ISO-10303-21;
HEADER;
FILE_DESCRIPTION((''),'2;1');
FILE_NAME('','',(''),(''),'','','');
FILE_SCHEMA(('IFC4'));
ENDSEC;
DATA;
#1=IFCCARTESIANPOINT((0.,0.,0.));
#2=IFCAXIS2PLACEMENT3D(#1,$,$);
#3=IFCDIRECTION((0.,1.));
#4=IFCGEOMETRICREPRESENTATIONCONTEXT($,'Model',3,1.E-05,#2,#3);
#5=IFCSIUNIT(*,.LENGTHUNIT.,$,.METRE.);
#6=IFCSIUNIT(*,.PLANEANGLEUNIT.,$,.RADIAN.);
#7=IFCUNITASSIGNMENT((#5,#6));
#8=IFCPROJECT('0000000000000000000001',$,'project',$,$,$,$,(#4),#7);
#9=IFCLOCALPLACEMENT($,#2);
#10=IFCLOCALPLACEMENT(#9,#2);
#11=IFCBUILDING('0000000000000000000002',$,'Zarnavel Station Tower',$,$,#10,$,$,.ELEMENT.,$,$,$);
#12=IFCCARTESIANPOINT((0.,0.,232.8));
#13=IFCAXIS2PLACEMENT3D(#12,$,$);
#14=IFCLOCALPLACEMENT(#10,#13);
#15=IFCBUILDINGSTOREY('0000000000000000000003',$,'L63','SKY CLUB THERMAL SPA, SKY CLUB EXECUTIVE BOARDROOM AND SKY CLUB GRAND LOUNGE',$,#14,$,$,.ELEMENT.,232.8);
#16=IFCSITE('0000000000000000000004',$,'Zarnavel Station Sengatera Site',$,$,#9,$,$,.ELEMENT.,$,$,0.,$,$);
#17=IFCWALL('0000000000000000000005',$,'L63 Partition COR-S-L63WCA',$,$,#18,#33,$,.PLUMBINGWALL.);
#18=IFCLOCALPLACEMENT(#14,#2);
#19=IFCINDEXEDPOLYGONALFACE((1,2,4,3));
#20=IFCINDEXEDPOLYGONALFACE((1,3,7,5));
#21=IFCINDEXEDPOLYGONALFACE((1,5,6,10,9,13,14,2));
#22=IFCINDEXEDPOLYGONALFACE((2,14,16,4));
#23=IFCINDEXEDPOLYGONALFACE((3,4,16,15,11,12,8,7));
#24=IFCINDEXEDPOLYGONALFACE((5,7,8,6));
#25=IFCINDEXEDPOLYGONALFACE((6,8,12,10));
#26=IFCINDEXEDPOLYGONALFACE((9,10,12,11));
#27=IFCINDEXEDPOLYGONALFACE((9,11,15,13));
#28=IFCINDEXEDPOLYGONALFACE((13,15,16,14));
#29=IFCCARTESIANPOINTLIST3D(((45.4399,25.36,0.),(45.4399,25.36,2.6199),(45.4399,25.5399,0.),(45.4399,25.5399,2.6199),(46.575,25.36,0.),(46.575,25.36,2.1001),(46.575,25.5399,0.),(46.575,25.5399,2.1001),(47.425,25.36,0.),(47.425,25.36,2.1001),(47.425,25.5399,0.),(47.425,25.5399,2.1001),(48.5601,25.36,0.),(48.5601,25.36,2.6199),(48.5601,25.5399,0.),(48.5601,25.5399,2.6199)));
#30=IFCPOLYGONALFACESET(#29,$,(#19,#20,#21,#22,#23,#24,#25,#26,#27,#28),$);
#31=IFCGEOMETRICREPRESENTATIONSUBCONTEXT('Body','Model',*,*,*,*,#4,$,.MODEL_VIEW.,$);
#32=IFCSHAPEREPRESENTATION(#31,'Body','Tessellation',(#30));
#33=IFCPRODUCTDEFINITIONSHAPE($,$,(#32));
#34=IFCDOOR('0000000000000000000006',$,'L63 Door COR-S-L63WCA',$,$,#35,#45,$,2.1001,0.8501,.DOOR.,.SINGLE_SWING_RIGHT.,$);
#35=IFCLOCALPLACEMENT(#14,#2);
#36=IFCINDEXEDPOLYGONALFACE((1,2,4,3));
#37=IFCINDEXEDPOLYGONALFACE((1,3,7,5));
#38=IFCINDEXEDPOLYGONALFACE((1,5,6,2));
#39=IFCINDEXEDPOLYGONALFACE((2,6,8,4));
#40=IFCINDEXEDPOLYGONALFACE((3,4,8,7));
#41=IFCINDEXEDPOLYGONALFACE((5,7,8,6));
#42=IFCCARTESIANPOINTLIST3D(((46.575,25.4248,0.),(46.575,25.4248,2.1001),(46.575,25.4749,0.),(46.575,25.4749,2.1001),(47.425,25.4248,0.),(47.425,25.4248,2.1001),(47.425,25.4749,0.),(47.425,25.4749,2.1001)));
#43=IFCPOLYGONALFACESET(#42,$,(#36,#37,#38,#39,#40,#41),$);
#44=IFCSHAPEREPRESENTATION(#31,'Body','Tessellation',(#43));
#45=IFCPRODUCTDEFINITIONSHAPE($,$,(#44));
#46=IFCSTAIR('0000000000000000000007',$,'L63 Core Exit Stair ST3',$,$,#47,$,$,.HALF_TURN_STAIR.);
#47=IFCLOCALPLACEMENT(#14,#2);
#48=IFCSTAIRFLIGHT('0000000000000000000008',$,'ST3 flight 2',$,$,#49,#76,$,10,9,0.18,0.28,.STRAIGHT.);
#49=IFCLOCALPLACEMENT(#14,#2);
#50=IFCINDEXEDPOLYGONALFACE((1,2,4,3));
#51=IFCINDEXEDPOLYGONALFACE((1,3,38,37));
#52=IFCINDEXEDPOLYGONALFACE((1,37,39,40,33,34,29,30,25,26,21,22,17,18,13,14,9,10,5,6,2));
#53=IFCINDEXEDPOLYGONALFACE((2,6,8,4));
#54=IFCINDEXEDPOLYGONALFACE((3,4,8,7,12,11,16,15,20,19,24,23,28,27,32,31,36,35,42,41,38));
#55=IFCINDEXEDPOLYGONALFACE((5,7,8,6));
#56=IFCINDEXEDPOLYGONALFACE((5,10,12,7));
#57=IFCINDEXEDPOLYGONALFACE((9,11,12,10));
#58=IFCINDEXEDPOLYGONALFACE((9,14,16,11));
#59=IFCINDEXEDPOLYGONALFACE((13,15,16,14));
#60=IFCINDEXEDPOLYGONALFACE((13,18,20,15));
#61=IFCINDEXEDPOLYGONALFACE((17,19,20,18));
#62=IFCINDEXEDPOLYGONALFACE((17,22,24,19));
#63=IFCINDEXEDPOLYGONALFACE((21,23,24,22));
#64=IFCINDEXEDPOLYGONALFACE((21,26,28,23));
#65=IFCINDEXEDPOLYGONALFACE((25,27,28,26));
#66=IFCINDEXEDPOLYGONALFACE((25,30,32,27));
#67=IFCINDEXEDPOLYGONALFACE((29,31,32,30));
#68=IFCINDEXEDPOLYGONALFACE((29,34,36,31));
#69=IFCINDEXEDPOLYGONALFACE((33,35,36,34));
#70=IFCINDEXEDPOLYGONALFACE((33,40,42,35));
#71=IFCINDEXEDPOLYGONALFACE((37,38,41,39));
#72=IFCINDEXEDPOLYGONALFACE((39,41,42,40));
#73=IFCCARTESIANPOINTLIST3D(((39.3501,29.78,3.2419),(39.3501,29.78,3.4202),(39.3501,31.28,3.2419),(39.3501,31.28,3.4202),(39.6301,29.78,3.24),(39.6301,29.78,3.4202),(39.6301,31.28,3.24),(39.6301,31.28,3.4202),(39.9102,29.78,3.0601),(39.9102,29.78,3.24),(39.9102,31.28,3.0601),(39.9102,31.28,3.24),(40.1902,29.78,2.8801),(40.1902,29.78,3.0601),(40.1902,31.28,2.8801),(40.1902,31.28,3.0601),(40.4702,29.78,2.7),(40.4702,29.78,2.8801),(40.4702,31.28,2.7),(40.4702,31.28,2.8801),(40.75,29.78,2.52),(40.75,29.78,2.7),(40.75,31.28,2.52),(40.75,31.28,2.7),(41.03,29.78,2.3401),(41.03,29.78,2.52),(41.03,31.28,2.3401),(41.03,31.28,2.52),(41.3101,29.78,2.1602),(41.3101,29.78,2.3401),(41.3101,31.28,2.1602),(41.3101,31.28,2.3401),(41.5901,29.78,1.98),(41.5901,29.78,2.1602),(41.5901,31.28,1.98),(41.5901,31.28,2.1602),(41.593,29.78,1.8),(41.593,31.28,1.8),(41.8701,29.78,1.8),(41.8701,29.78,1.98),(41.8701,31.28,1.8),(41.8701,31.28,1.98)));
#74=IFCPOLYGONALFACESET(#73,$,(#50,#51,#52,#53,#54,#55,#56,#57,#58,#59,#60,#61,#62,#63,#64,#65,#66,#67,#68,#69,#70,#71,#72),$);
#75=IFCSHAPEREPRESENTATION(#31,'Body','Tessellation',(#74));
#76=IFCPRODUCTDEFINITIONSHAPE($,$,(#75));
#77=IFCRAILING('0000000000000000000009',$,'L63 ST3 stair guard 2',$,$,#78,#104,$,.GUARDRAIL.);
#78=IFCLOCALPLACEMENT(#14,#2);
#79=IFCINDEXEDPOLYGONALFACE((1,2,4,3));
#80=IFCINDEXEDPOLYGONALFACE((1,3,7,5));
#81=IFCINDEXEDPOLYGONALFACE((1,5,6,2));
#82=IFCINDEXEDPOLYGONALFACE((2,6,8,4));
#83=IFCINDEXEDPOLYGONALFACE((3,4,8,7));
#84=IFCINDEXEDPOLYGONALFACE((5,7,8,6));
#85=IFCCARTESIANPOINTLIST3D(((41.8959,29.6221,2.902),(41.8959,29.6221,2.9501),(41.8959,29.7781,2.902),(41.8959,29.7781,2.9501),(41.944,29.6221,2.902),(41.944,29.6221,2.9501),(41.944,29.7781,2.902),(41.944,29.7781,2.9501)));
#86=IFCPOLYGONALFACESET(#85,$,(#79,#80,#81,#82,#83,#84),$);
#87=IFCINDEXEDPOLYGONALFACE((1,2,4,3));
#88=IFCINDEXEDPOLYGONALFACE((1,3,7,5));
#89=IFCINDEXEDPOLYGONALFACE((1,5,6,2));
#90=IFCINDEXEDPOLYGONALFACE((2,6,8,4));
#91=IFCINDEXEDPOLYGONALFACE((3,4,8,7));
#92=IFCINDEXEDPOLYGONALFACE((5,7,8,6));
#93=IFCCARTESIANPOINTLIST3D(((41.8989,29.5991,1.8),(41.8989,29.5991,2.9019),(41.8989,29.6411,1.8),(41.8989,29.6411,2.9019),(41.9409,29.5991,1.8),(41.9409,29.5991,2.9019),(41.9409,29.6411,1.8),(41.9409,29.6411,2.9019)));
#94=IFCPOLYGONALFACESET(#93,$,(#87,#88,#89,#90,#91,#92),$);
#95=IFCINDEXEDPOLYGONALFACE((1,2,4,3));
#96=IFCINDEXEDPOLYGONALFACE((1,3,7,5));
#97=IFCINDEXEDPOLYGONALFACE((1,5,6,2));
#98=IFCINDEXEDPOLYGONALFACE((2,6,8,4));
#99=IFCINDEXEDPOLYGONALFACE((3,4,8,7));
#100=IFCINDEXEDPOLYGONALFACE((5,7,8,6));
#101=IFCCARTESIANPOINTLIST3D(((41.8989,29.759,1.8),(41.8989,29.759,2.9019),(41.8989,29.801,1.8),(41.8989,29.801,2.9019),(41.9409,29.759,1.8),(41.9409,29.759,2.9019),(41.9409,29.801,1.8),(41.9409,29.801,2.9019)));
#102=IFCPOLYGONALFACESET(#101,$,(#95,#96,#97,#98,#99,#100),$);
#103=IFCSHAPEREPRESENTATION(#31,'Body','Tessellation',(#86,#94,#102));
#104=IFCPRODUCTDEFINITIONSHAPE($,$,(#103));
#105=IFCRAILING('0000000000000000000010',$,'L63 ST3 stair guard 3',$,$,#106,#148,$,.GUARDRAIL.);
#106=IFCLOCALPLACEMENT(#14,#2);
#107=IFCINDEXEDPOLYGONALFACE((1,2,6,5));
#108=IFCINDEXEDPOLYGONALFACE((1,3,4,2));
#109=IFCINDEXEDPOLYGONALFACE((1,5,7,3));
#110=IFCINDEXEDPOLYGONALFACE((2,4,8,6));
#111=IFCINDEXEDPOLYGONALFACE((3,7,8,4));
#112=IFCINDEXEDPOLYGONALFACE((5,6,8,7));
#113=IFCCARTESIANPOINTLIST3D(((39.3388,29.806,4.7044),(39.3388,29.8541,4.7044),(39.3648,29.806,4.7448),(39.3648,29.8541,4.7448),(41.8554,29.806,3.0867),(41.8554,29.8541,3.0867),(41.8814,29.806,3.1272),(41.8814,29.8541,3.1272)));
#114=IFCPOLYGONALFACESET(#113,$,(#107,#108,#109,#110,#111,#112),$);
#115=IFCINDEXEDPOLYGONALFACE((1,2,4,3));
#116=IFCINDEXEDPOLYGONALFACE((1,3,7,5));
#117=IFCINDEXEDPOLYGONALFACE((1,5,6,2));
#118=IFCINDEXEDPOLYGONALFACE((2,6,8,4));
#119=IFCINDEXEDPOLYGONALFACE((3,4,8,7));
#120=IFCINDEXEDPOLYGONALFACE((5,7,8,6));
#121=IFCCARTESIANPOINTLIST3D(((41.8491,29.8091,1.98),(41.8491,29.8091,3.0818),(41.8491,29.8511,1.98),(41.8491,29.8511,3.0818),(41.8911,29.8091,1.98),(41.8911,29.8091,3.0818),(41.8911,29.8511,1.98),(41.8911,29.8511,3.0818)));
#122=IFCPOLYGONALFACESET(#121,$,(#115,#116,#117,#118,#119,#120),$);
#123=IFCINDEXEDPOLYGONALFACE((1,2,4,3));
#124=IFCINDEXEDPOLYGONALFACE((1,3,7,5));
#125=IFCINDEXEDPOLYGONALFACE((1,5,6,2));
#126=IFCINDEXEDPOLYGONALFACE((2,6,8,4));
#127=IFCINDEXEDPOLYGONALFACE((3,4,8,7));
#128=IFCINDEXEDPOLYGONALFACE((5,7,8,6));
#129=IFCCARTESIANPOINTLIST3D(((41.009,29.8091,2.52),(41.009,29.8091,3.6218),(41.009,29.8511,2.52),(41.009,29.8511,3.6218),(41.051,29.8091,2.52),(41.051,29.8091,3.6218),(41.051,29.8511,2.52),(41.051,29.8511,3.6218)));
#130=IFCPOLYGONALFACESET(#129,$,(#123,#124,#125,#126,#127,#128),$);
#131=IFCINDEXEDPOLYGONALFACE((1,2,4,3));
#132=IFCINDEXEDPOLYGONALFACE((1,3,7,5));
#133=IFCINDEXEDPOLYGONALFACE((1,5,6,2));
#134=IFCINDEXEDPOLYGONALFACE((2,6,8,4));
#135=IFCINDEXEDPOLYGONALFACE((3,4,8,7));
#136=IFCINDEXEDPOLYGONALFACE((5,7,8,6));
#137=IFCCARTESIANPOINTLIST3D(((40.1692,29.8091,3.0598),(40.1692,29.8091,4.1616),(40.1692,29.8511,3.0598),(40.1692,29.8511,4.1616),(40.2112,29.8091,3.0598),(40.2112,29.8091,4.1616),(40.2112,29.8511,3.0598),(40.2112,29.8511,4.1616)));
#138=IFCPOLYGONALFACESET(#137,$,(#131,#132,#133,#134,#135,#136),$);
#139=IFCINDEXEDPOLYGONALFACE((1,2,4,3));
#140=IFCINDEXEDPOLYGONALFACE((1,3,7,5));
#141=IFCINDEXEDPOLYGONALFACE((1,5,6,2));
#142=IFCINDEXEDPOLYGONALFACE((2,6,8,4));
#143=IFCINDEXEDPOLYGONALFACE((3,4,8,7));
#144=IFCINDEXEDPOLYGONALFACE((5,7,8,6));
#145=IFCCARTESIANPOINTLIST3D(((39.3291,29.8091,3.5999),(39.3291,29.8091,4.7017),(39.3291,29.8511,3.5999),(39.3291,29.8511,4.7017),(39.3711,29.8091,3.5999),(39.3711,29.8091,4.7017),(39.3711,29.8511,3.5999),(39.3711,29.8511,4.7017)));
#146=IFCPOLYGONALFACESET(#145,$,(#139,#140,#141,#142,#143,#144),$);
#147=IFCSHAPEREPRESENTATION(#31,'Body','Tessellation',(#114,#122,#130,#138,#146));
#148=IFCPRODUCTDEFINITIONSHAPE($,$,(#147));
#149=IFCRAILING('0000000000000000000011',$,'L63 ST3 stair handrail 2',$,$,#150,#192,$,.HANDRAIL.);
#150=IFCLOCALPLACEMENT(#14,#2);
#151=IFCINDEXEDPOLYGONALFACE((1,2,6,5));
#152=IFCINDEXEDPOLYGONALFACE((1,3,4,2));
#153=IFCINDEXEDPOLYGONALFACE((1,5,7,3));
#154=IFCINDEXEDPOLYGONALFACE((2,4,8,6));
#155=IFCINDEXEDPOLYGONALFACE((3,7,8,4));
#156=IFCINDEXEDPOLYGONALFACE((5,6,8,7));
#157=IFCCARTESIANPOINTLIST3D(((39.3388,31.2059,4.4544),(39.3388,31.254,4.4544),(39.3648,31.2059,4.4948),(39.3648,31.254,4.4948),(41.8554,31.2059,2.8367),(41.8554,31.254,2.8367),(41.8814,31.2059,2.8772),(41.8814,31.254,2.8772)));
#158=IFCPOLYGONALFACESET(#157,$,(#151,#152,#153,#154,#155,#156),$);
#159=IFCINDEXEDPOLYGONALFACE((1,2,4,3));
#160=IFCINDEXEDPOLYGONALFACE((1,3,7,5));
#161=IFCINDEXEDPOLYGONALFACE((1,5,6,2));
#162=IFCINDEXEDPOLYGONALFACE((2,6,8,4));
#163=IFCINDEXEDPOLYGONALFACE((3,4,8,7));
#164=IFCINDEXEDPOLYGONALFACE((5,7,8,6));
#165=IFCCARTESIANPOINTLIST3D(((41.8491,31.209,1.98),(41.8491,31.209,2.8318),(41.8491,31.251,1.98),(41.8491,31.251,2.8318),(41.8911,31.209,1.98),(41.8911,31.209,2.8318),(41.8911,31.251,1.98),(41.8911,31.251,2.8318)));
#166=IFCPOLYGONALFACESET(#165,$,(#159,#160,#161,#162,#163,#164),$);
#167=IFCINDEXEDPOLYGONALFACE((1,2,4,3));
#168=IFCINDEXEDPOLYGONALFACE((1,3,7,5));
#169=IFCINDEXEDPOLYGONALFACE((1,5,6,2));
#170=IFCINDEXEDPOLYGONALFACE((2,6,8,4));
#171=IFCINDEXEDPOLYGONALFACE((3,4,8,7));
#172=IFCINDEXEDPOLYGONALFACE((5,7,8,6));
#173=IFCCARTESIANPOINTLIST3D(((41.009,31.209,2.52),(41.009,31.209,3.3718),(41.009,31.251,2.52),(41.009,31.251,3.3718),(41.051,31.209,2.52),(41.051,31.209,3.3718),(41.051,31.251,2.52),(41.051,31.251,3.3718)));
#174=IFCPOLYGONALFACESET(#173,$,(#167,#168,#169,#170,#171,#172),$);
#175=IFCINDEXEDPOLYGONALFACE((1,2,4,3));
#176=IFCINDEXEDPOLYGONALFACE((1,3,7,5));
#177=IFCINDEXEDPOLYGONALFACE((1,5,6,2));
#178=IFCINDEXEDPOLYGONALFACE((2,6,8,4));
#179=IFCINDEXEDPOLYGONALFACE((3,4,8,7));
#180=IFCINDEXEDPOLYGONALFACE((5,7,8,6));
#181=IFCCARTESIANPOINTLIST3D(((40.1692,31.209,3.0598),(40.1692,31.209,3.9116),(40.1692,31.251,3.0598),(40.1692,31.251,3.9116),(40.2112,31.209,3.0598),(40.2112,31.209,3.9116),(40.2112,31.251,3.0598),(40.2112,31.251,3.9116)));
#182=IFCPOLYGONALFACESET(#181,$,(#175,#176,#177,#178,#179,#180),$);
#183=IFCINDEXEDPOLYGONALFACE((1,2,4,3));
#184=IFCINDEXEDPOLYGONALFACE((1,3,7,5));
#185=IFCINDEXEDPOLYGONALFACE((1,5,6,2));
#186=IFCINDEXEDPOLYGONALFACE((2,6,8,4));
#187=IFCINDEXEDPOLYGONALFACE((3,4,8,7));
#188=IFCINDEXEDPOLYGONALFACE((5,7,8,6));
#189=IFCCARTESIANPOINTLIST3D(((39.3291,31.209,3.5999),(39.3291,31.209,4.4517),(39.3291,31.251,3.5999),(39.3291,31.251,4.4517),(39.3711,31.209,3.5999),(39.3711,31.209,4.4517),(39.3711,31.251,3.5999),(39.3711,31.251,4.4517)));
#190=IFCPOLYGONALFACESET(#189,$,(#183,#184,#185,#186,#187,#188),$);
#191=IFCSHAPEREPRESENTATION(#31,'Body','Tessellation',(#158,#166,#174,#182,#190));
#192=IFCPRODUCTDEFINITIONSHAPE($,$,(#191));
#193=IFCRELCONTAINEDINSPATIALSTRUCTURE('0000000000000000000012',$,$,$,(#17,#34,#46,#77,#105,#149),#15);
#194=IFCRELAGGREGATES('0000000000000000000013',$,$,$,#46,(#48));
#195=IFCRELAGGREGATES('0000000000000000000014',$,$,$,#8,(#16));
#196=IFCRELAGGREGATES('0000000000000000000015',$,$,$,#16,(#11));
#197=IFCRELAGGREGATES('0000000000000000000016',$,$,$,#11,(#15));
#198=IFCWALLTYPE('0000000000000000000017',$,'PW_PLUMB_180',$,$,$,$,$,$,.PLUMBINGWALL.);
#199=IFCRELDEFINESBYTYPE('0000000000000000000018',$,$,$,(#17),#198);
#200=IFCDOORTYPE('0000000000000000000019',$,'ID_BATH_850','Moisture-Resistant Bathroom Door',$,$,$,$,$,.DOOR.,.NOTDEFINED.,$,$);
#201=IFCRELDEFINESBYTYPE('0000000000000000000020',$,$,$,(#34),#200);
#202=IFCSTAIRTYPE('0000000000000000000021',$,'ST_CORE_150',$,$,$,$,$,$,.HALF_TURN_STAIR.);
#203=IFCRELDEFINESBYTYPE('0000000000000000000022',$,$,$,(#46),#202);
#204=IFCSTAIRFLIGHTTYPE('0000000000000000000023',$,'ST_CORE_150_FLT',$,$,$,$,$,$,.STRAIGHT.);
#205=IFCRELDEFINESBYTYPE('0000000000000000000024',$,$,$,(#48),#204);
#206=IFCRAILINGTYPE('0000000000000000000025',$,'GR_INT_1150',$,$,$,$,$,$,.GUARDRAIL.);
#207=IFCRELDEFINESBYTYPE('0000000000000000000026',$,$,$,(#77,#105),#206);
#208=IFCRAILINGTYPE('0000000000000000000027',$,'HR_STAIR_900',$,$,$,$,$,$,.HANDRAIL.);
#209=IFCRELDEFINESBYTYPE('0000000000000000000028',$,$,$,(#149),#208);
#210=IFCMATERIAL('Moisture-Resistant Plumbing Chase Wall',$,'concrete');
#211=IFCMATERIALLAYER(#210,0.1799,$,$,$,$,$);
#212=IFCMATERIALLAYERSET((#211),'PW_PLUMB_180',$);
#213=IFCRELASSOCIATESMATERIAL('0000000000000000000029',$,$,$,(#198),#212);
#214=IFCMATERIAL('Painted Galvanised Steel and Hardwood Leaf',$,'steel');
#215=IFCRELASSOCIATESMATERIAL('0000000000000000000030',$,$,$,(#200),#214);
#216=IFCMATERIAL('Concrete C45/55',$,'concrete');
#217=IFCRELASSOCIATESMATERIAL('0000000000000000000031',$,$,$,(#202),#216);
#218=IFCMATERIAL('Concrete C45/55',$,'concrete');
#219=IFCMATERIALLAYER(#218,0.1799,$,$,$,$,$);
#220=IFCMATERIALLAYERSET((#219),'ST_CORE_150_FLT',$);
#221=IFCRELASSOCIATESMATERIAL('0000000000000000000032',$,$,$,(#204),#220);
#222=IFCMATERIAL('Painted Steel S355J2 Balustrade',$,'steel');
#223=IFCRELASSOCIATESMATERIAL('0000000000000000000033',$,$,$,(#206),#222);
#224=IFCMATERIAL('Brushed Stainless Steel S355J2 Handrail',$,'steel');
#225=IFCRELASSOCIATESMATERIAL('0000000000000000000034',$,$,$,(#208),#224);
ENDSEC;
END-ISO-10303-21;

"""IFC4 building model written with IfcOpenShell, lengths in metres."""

from ifc_helpers import new_model, si_unit, direction, frame, frame_2d, origin, origin_2d, place, context, subcontext, project, spatial, polyline, rectangle, outline, extrude, material, layer, layer_set, type_object, element, fill, aggregate, save


model = new_model("IFC4")

# Units and contexts
model_context = context("Model", 3, precision=1e-05, world=origin(), true_north=direction((0.0, 1.0)))
body_context = subcontext(model_context, "Body", "Model", "MODEL_VIEW")
ifc_project = project(units=[si_unit("LENGTHUNIT", "METRE"), si_unit("PLANEANGLEUNIT", "RADIAN")], contexts=[model_context])

# Site, building, storey
site_placement = place(None, origin())
site = spatial("IfcSite", under=ifc_project, at=site_placement, Name="Zarnavel Station Sengatera Site", CompositionType="ELEMENT", RefElevation=0.0)
building_placement = place(site_placement, origin())
building = spatial("IfcBuilding", under=site, at=building_placement, Name="Zarnavel Station Tower", CompositionType="ELEMENT")
storey_placement = place(building_placement, frame((0.0, 0.0, 232.8)))
storey = spatial("IfcBuildingStorey", under=building, at=storey_placement, Name="L63", Description="SKY CLUB THERMAL SPA, SKY CLUB EXECUTIVE BOARDROOM AND SKY CLUB GRAND LOUNGE", CompositionType="ELEMENT", Elevation=232.8)

# Wall, opening, door
ifc_material_1 = material(Name="Moisture-Resistant Plumbing Chase Wall", Category="concrete")
ifc_layer_1 = layer(ifc_material_1, 0.1799)
ifc_layer_set_1 = layer_set([ifc_layer_1], Name="PW_PLUMB_180")
wall_type_1 = type_object("IfcWallType", Name="PW_PLUMB_180", PredefinedType="PLUMBINGWALL", material=ifc_layer_set_1)
wall_1_placement = place(storey_placement, frame((45.4399, 25.45, 0.0), z_axis=(0.0, 0.0, 1.0), x_axis=(1.0, 0.0, 0.0)))
wall_1 = element("IfcWall", 1, at=wall_1_placement, inside=storey, type_object=wall_type_1, Name="L63 Partition COR-S-L63WCA", PredefinedType="PLUMBINGWALL", context=body_context, shape_type="SweptSolid", body=[
    extrude(rectangle(XDim=3.1201, YDim=0.1799, at=frame_2d((1.5601, 0.0))), origin(), (0.0, 0.0, 1.0), 2.6199),
])
opening_1_placement = place(wall_1_placement, frame((1.135, 0.0, 0.0)))
opening_1 = element("IfcOpeningElement", 2, at=opening_1_placement, cuts=wall_1, PredefinedType="OPENING", context=body_context, shape_type="SweptSolid", body=[
    extrude(rectangle(XDim=0.8501, YDim=2.1001, at=frame_2d((0.425, 1.05))), frame((0.0, 0.0999, 0.0), z_axis=(0.0, -1.0, 0.0), x_axis=(1.0, 0.0, 0.0)), (0.0, 0.0, 1.0), 0.2),
])
ifc_material_2 = material(Name="Painted Galvanised Steel and Hardwood Leaf", Category="steel")
door_type_1 = type_object("IfcDoorType", Name="ID_BATH_850", Description="Moisture-Resistant Bathroom Door", OperationType="NOTDEFINED", PredefinedType="DOOR", material=ifc_material_2)
door_1_placement = place(opening_1_placement, origin())
door_1 = element("IfcDoor", 3, at=door_1_placement, inside=storey, type_object=door_type_1, Name="L63 Door COR-S-L63WCA", OperationType="SINGLE_SWING_RIGHT", OverallHeight=2.1001, OverallWidth=0.8501, PredefinedType="DOOR", context=body_context, shape_type="SweptSolid", body=[
    extrude(rectangle(XDim=0.8501, YDim=2.1001, at=frame_2d((0.425, 1.05))), frame((0.0, 0.0249, 0.0), z_axis=(0.0, -1.0, 0.0), x_axis=(1.0, 0.0, 0.0)), (0.0, 0.0, 1.0), 0.05),
])
fill(opening_1, door_1)

# Stair, stair flight
ifc_material_3 = material(Name="Concrete C45/55", Category="concrete")
stair_type = type_object("IfcStairType", Name="ST_CORE_150", PredefinedType="HALF_TURN_STAIR", material=ifc_material_3)
stair_placement = place(storey_placement, origin())
stair = element("IfcStair", 4, at=stair_placement, inside=storey, type_object=stair_type, Name="L63 Core Exit Stair ST3", PredefinedType="HALF_TURN_STAIR")
ifc_material_4 = material(Name="Concrete C45/55", Category="concrete")
ifc_layer_2 = layer(ifc_material_4, 0.1799)
ifc_layer_set_2 = layer_set([ifc_layer_2], Name="ST_CORE_150_FLT")
stair_flight_type = type_object("IfcStairFlightType", Name="ST_CORE_150_FLT", PredefinedType="STRAIGHT", material=ifc_layer_set_2)
stair_flight_placement = place(storey_placement, frame((41.8701, 30.53, 1.8), z_axis=(0.0, 0.0, 1.0), x_axis=(-1.0, 0.0, 0.0)))
stair_flight = element("IfcStairFlight", 5, at=stair_flight_placement, type_object=stair_flight_type, Name="ST3 flight 2", NumberOfRisers=10, NumberOfTreads=9, PredefinedType="STRAIGHT", RiserHeight=0.18, TreadLength=0.28, context=body_context, shape_type="SweptSolid", body=[
    extrude(outline(polyline([(0.0, 0.0), (0.0, 0.1799), (0.28, 0.1799), (0.28, 0.3601), (0.5601, 0.3601), (0.5601, 0.54), (0.8401, 0.54), (0.8401, 0.72), (1.1201, 0.72), (1.1201, 0.8999), (1.3999, 0.8999), (1.3999, 1.0801), (1.6799, 1.0801), (1.6799, 1.26), (1.96, 1.26), (1.96, 1.4399), (2.24, 1.4399), (2.24, 1.6201), (2.52, 1.6201), (2.52, 1.8), (2.52, 1.4419), (0.2771, 0.0), (0.0, 0.0)])), frame((0.0, 0.75, 0.0), z_axis=(0.0, -1.0, 0.0), x_axis=(1.0, 0.0, 0.0)), (0.0, 0.0, 1.0), 1.5),
])
aggregate(stair, [stair_flight])

# Railings
ifc_material_5 = material(Name="Painted Steel S355J2 Balustrade", Category="steel")
railing_type_1 = type_object("IfcRailingType", Name="GR_INT_1150", PredefinedType="GUARDRAIL", material=ifc_material_5)
railing_1_placement = place(storey_placement, frame((41.9199, 29.6201, 1.8)))
element("IfcRailing", 6, at=railing_1_placement, inside=storey, type_object=railing_type_1, Name="L63 ST3 stair guard 2", PredefinedType="GUARDRAIL", context=body_context, shape_type="SweptSolid", body=[
    extrude(rectangle(XDim=0.0481, YDim=0.0481, at=origin_2d()), frame((0.0, 0.002, 1.126), z_axis=(0.0, 1.0, 0.0), x_axis=(-1.0, 0.0, 0.0)), (0.0, 0.0, 1.0), 0.156),
    extrude(rectangle(XDim=0.042, YDim=0.042, at=origin_2d()), origin(), (0.0, 0.0, 1.0), 1.1018),
    extrude(rectangle(XDim=0.042, YDim=0.042, at=origin_2d()), frame((0.0, 0.1599, 0.0)), (0.0, 0.0, 1.0), 1.1018),
])
railing_2_placement = place(storey_placement, frame((41.8701, 29.8301, 1.98)))
element("IfcRailing", 7, at=railing_2_placement, inside=storey, type_object=railing_type_1, Name="L63 ST3 stair guard 3", PredefinedType="GUARDRAIL", context=body_context, shape_type="SweptSolid", body=[
    extrude(rectangle(XDim=0.0481, YDim=0.0481, at=origin_2d()), frame((-0.0017, 0.0, 1.127), z_axis=(-0.8412, 0.0, 0.540725), x_axis=(0.0, -1.0, 0.0)), (0.0, 0.0, 1.0), 2.9917),
    extrude(rectangle(XDim=0.042, YDim=0.042, at=origin_2d()), origin(), (0.0, 0.0, 1.0), 1.1018),
    extrude(rectangle(XDim=0.042, YDim=0.042, at=origin_2d()), frame((-0.8401, 0.0, 0.54)), (0.0, 0.0, 1.0), 1.1018),
    extrude(rectangle(XDim=0.042, YDim=0.042, at=origin_2d()), frame((-1.6799, 0.0, 1.0798)), (0.0, 0.0, 1.0), 1.1018),
    extrude(rectangle(XDim=0.042, YDim=0.042, at=origin_2d()), frame((-2.52, 0.0, 1.6199)), (0.0, 0.0, 1.0), 1.1018),
])
ifc_material_6 = material(Name="Brushed Stainless Steel S355J2 Handrail", Category="steel")
railing_type_2 = type_object("IfcRailingType", Name="HR_STAIR_900", PredefinedType="HANDRAIL", material=ifc_material_6)
railing_3_placement = place(storey_placement, frame((41.8701, 31.23, 1.98)))
element("IfcRailing", 8, at=railing_3_placement, inside=storey, type_object=railing_type_2, Name="L63 ST3 stair handrail 2", PredefinedType="HANDRAIL", context=body_context, shape_type="SweptSolid", body=[
    extrude(rectangle(XDim=0.0481, YDim=0.0481, at=origin_2d()), frame((-0.0017, 0.0, 0.877), z_axis=(-0.8412, 0.0, 0.540725), x_axis=(0.0, -1.0, 0.0)), (0.0, 0.0, 1.0), 2.9917),
    extrude(rectangle(XDim=0.042, YDim=0.042, at=origin_2d()), origin(), (0.0, 0.0, 1.0), 0.8518),
    extrude(rectangle(XDim=0.042, YDim=0.042, at=origin_2d()), frame((-0.8401, 0.0, 0.54)), (0.0, 0.0, 1.0), 0.8518),
    extrude(rectangle(XDim=0.042, YDim=0.042, at=origin_2d()), frame((-1.6799, 0.0, 1.0798)), (0.0, 0.0, 1.0), 0.8518),
    extrude(rectangle(XDim=0.042, YDim=0.042, at=origin_2d()), frame((-2.52, 0.0, 1.6199)), (0.0, 0.0, 1.0), 0.8518),
])

save(model, "model.ifc")
